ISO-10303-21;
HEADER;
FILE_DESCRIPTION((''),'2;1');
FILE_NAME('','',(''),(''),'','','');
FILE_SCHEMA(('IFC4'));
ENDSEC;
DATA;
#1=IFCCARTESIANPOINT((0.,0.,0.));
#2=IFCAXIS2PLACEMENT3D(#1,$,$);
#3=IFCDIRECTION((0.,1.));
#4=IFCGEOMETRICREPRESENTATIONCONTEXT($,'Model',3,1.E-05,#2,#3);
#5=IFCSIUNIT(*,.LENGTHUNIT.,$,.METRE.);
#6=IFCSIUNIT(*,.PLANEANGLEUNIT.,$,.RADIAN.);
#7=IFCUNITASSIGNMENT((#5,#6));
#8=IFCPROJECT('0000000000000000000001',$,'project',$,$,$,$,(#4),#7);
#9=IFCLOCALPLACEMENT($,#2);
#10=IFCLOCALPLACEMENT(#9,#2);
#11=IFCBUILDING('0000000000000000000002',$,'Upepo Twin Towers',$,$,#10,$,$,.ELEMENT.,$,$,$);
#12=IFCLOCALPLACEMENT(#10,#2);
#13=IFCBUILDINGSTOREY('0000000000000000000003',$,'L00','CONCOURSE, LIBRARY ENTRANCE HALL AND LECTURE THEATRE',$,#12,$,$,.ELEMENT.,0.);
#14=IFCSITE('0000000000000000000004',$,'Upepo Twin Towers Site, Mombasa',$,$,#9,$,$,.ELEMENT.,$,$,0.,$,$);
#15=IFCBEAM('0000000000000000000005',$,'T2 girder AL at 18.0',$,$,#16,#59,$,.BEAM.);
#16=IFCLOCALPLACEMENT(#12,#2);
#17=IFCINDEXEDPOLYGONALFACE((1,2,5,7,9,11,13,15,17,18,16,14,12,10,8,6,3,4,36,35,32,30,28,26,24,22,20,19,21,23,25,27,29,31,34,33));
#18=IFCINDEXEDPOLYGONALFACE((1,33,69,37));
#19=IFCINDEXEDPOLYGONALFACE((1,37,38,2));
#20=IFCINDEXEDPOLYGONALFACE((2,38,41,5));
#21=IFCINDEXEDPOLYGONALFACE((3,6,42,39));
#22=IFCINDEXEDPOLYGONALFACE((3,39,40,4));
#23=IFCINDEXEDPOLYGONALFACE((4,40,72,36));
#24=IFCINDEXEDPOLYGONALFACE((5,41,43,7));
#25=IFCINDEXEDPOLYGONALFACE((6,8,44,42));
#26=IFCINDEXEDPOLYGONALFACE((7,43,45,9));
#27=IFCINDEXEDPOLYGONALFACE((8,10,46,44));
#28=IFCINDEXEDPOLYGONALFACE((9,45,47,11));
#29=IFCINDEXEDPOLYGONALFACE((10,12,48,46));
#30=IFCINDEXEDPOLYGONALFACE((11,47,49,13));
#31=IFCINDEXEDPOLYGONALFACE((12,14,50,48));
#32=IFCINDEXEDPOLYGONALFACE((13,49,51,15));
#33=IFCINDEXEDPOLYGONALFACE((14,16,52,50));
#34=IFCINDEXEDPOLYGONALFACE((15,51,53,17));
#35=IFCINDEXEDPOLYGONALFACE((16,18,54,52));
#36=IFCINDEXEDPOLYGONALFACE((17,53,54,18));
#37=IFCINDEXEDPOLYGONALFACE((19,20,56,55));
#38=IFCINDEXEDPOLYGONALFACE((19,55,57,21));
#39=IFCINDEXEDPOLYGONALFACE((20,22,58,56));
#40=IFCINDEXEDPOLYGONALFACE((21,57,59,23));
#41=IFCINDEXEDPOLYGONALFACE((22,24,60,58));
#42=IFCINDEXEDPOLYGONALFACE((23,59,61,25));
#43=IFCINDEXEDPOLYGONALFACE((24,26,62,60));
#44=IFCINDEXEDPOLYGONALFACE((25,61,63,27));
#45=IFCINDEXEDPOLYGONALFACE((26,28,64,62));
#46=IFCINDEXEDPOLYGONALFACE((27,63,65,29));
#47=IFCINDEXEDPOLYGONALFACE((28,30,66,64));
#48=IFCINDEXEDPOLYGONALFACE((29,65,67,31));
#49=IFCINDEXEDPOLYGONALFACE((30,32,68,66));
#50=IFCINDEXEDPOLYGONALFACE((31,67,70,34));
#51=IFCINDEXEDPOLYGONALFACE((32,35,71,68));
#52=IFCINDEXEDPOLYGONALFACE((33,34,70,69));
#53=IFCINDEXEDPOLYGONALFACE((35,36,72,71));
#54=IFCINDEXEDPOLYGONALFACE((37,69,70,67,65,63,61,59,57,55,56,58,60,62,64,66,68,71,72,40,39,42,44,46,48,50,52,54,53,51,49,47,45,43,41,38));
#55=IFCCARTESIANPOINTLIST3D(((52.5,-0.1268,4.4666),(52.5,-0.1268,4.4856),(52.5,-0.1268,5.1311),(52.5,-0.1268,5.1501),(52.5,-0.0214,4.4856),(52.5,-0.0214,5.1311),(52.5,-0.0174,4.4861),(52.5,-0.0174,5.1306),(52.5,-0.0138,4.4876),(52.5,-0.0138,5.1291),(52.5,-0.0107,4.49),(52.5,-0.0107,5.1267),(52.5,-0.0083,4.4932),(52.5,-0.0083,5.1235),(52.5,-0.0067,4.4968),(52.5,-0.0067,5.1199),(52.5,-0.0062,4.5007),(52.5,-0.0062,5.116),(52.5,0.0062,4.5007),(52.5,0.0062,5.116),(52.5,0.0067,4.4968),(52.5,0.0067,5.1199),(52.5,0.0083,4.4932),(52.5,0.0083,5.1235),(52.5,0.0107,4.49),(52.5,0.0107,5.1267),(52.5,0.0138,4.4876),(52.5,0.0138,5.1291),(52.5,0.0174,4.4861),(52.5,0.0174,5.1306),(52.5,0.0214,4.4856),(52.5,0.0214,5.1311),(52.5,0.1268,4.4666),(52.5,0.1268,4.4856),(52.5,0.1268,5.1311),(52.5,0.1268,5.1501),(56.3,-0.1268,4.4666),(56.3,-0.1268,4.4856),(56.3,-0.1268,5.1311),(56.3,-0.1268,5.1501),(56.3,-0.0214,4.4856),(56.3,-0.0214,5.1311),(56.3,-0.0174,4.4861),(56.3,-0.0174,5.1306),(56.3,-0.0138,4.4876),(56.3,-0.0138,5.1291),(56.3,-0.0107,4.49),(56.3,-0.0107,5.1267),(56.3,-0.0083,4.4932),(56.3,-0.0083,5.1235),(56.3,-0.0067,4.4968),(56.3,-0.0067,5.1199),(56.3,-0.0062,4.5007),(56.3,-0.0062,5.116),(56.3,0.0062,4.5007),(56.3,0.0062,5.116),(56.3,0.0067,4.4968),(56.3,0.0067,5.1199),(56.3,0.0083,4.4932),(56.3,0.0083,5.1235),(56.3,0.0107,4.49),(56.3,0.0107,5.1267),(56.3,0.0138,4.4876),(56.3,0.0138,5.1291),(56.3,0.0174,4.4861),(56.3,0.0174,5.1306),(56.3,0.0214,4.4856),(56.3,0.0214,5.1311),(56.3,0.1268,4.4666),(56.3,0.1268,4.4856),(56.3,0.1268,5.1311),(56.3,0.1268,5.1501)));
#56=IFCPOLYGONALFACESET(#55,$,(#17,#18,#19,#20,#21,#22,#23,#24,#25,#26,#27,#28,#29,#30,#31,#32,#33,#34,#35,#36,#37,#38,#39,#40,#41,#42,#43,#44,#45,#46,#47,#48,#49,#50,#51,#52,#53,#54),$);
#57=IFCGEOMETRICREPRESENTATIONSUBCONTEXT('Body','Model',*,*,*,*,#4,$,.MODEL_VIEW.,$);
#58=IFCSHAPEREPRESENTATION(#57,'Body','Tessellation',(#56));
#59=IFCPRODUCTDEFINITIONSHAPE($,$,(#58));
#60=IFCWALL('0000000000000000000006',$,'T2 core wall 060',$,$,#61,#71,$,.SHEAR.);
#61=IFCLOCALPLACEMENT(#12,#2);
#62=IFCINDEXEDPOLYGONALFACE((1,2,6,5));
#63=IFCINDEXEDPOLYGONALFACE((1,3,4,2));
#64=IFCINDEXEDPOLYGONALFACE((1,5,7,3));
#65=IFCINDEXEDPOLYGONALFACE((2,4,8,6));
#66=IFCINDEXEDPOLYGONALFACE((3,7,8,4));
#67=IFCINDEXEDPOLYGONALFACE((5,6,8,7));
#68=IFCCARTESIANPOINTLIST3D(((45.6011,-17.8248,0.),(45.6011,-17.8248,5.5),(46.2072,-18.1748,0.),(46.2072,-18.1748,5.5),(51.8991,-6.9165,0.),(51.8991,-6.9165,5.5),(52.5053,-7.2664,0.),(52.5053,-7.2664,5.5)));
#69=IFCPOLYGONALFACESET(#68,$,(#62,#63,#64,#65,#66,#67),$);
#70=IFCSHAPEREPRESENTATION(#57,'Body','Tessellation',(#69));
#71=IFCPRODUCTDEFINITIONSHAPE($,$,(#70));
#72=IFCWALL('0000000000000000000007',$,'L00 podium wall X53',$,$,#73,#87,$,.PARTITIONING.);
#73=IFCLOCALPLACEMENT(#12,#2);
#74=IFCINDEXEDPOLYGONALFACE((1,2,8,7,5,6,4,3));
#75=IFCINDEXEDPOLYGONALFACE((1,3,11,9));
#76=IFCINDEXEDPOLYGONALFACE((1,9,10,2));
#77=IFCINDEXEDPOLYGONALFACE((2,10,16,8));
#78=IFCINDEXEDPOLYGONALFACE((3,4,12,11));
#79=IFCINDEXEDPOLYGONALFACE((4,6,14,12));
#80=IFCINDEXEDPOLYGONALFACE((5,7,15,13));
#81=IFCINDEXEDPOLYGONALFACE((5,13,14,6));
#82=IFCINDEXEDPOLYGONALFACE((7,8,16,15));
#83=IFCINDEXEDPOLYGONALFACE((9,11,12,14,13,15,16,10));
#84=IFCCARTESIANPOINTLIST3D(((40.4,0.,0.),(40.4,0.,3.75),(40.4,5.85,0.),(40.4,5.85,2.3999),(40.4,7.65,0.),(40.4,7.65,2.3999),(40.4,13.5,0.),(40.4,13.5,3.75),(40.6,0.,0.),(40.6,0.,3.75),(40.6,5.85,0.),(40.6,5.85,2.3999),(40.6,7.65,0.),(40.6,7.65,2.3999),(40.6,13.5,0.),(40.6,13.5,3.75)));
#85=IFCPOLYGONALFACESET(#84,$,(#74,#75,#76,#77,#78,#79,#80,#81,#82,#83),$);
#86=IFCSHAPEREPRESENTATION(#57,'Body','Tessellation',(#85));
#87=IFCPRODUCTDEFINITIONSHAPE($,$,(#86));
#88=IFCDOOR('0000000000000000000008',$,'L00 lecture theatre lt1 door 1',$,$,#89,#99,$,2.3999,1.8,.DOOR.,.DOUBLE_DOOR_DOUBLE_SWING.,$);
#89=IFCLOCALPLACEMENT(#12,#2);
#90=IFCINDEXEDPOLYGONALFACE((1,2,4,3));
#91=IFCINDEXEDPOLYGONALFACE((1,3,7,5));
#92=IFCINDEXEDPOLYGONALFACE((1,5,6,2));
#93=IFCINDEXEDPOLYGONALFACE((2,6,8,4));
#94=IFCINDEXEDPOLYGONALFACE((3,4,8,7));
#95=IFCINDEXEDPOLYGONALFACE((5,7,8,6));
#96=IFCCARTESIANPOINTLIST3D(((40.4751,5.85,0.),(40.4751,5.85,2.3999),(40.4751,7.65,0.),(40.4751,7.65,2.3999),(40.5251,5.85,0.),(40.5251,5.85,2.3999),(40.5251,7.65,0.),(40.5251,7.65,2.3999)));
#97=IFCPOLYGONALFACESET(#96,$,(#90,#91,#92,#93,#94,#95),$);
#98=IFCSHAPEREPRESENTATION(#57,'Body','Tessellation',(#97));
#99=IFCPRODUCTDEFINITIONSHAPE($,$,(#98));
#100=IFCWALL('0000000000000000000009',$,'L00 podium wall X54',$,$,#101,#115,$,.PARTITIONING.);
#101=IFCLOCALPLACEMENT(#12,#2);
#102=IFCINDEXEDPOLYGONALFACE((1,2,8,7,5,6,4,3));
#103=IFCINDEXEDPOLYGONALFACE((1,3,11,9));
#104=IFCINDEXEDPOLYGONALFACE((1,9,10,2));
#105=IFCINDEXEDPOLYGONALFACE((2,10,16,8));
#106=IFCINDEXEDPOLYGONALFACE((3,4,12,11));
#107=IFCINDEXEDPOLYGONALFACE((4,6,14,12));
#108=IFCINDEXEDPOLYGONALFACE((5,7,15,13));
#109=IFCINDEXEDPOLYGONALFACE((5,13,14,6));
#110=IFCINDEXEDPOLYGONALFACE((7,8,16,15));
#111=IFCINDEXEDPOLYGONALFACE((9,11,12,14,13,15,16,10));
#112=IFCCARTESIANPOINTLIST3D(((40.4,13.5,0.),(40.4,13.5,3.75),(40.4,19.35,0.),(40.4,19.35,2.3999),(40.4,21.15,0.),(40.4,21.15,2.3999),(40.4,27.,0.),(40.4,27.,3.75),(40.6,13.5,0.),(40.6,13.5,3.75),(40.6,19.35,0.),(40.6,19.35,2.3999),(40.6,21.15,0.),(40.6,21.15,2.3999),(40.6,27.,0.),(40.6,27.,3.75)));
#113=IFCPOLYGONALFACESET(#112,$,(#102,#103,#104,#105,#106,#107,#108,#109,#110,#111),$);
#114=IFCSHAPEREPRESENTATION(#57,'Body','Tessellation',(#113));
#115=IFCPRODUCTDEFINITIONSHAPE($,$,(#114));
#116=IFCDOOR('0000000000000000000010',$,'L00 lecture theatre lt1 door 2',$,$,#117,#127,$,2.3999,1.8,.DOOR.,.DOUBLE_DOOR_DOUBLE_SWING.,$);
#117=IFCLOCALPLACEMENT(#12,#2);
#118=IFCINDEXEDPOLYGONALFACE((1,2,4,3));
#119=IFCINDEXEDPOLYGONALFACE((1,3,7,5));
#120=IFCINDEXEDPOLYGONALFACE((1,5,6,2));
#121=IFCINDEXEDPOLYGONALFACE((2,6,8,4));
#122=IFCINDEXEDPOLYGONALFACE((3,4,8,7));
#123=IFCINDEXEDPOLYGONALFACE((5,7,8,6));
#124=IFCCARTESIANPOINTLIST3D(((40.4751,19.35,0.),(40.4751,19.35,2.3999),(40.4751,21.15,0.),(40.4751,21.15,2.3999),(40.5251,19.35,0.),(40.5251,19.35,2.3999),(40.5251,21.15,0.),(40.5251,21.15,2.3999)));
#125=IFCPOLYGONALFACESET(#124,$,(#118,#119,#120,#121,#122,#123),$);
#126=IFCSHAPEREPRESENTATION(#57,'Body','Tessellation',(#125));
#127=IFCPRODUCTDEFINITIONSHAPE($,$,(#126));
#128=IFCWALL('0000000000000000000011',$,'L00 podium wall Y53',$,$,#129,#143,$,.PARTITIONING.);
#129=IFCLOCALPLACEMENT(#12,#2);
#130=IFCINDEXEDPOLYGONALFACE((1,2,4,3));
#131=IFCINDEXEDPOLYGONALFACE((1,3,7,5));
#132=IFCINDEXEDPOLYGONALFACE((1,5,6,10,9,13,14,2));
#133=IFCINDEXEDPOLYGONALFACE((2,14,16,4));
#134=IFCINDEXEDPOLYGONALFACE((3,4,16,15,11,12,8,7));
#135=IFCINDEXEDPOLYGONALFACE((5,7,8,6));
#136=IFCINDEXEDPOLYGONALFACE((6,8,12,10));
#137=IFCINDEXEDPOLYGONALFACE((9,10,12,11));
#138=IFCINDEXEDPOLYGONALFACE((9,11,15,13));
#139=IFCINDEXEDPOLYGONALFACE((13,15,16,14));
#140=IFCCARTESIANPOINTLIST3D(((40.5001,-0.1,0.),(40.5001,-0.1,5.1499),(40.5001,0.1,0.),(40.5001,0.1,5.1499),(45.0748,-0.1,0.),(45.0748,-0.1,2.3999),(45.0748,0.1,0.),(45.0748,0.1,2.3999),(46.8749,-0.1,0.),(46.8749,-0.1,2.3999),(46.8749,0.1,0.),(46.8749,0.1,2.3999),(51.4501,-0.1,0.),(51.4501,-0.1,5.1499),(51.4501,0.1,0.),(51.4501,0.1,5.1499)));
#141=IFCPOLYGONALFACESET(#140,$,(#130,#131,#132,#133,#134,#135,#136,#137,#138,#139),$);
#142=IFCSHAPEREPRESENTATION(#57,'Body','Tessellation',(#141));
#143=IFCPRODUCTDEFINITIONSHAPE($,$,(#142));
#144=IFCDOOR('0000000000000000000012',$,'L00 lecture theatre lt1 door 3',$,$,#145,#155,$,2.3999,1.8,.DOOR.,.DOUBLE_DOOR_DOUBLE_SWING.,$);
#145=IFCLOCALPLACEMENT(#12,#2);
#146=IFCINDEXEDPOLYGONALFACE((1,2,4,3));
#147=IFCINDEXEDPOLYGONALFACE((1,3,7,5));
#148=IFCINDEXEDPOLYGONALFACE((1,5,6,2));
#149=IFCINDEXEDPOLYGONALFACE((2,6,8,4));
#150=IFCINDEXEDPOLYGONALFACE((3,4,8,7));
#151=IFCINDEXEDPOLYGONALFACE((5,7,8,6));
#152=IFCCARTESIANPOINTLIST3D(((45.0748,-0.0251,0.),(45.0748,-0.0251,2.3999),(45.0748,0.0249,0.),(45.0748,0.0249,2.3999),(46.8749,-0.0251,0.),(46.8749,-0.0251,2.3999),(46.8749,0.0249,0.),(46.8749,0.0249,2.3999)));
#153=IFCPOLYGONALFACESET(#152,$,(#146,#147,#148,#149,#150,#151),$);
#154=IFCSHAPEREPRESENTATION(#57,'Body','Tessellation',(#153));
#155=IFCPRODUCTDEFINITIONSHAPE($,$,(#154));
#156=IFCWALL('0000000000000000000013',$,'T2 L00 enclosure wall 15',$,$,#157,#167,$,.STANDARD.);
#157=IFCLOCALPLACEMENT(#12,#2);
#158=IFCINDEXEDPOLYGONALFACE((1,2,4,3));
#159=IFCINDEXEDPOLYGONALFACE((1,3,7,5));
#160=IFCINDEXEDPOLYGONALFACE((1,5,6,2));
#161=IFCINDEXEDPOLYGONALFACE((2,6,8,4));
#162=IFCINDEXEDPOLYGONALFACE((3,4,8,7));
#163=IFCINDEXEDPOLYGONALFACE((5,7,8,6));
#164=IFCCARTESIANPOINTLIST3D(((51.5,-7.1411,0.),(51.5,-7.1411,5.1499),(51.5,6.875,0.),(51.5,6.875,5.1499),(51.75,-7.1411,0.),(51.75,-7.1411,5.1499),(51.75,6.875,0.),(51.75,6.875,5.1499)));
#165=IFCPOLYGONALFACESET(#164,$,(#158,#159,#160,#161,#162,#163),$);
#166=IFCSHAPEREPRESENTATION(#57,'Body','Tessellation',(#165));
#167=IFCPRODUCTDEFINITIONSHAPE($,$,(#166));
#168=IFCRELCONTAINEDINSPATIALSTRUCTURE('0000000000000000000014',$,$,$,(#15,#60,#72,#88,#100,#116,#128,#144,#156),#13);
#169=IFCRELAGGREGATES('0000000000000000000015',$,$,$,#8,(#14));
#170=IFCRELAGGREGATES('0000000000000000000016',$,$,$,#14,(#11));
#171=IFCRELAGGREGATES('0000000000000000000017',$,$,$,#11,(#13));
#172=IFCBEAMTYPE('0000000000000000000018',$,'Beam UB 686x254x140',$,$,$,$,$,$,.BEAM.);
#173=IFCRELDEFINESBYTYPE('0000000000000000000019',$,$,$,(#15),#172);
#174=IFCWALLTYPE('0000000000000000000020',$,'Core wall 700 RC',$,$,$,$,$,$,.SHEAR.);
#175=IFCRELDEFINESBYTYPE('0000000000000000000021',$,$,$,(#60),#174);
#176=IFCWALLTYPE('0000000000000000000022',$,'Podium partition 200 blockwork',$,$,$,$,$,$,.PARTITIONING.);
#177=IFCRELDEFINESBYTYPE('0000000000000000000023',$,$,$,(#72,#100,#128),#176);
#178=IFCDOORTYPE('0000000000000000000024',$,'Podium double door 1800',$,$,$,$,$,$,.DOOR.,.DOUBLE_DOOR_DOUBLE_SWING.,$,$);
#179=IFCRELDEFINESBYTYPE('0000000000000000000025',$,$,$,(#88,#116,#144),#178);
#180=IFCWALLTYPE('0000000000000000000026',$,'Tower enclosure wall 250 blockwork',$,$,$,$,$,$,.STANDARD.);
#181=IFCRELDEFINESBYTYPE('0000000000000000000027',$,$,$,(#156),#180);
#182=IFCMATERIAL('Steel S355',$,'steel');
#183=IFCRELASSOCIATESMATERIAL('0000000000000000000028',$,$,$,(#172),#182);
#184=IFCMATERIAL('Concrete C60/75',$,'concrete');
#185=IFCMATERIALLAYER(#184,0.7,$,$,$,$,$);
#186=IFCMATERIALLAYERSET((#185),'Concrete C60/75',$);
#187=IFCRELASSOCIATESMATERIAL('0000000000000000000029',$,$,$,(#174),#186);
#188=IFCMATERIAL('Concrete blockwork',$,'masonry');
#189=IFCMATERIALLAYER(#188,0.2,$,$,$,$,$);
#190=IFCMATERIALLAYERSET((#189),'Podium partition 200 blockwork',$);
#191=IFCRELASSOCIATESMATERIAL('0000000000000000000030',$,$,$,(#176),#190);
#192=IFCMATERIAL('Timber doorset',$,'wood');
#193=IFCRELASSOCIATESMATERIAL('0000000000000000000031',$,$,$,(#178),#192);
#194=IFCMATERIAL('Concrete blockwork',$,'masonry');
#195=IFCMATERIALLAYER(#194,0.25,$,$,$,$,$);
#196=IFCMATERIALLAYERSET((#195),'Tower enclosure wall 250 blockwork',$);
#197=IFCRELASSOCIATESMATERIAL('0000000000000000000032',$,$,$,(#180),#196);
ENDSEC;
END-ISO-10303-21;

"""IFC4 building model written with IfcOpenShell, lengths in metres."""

from ifc_helpers import new_model, si_unit, direction, frame, frame_2d, origin, origin_2d, place, context, subcontext, project, spatial, rectangle, i_section, extrude, material, layer, layer_set, material_profile, profile_set, type_object, element, fill, save


model = new_model("IFC4")

# Units and contexts
model_context = context("Model", 3, precision=1e-05, world=origin(), true_north=direction((0.0, 1.0)))
body_context = subcontext(model_context, "Body", "Model", "MODEL_VIEW")
ifc_project = project(units=[si_unit("LENGTHUNIT", "METRE"), si_unit("PLANEANGLEUNIT", "RADIAN")], contexts=[model_context])

# Site, building, storey
site_placement = place(None, origin())
site = spatial("IfcSite", under=ifc_project, at=site_placement, Name="Upepo Twin Towers Site, Mombasa", CompositionType="ELEMENT", RefElevation=0.0)
building_placement = place(site_placement, origin())
building = spatial("IfcBuilding", under=site, at=building_placement, Name="Upepo Twin Towers", CompositionType="ELEMENT")
storey_placement = place(building_placement, origin())
storey = spatial("IfcBuildingStorey", under=building, at=storey_placement, Name="L00", Description="CONCOURSE, LIBRARY ENTRANCE HALL AND LECTURE THEATRE", CompositionType="ELEMENT", Elevation=0.0)

# Beam
ifc_material_1 = material(Name="Steel S355", Category="steel")
ifc_material_profile_1 = material_profile(ifc_material_1, i_section(OverallWidth=0.2537, OverallDepth=0.6836, WebThickness=0.0125, FlangeThickness=0.019, FilletRadius=0.0151, at=origin_2d()), Name="UB 686x254x140")
ifc_profile_set_1 = profile_set([ifc_material_profile_1], Name="Steel S355")
beam_type_1 = type_object("IfcBeamType", Name="Beam UB 686x254x140", PredefinedType="BEAM", material=ifc_profile_set_1)
for number, where, z_axis, x_axis, name in (
    (1, (52.5, 0.0, 4.8083), (1.0, 0.0, 0.0), (0.0, 1.0, 0.0), "T2 girder AL at 18.0"),
):
    element("IfcBeam", number, at=place(storey_placement, frame(where, z_axis=z_axis, x_axis=x_axis)), inside=storey, type_object=beam_type_1, Name=name, PredefinedType="BEAM", context=body_context, shape_type="SweptSolid", body=[
        extrude(i_section(OverallWidth=0.2537, OverallDepth=0.6836, WebThickness=0.0125, FlangeThickness=0.019, FilletRadius=0.0151, at=origin_2d()), origin(), (0.0, 0.0, 1.0), 3.8),
    ])

# Wall
ifc_material_2 = material(Name="Concrete C60/75", Category="concrete")
ifc_layer_1 = layer(ifc_material_2, 0.7)
ifc_layer_set_1 = layer_set([ifc_layer_1], Name="Concrete C60/75")
wall_type_1 = type_object("IfcWallType", Name="Core wall 700 RC", PredefinedType="SHEAR", material=ifc_layer_set_1)
wall_1_placement = place(storey_placement, frame((52.2021, -7.0916, 0.0), z_axis=(0.0, 0.0, 1.0), x_axis=(-0.500006, -0.866022, 0.0)))
element("IfcWall", 2, at=wall_1_placement, inside=storey, type_object=wall_type_1, Name="T2 core wall 060", PredefinedType="SHEAR", context=body_context, shape_type="SweptSolid", body=[
    extrude(rectangle(XDim=12.5959, YDim=0.7, at=frame_2d((6.2979, 0.0))), origin(), (0.0, 0.0, 1.0), 5.5),
])

# Walls, openings, doors
ifc_material_3 = material(Name="Concrete blockwork", Category="masonry")
ifc_layer_2 = layer(ifc_material_3, 0.2)
ifc_layer_set_2 = layer_set([ifc_layer_2], Name="Podium partition 200 blockwork")
wall_type_2 = type_object("IfcWallType", Name="Podium partition 200 blockwork", PredefinedType="PARTITIONING", material=ifc_layer_set_2)
wall_2_placement = place(storey_placement, frame((40.5, 0.0, 0.0), z_axis=(0.0, 0.0, 1.0), x_axis=(0.0, 1.0, 0.0)))
wall_2 = element("IfcWall", 3, at=wall_2_placement, inside=storey, type_object=wall_type_2, Name="L00 podium wall X53", PredefinedType="PARTITIONING", context=body_context, shape_type="SweptSolid", body=[
    extrude(rectangle(XDim=13.5, YDim=0.2, at=frame_2d((6.75, 0.0))), origin(), (0.0, 0.0, 1.0), 3.75),
])
opening_1_placement = place(wall_2_placement, frame((5.8501, 0.0, 0.0)))
opening_1 = element("IfcOpeningElement", 4, at=opening_1_placement, cuts=wall_2, PredefinedType="OPENING", context=body_context, shape_type="SweptSolid", body=[
    extrude(rectangle(XDim=1.8, YDim=2.3999, at=frame_2d((0.8999, 1.2))), frame((0.0, 0.1099, 0.0), z_axis=(0.0, -1.0, 0.0), x_axis=(1.0, 0.0, 0.0)), (0.0, 0.0, 1.0), 0.22),
])
ifc_material_4 = material(Name="Timber doorset", Category="wood")
door_type = type_object("IfcDoorType", Name="Podium double door 1800", OperationType="DOUBLE_DOOR_DOUBLE_SWING", PredefinedType="DOOR", material=ifc_material_4)
door_1_placement = place(opening_1_placement, origin())
door_1 = element("IfcDoor", 5, at=door_1_placement, inside=storey, type_object=door_type, Name="L00 lecture theatre lt1 door 1", OperationType="DOUBLE_DOOR_DOUBLE_SWING", OverallHeight=2.3999, OverallWidth=1.8, PredefinedType="DOOR", context=body_context, shape_type="SweptSolid", body=[
    extrude(rectangle(XDim=1.8, YDim=2.3999, at=frame_2d((0.8999, 1.2))), frame((0.0, 0.0249, 0.0), z_axis=(0.0, -1.0, 0.0), x_axis=(1.0, 0.0, 0.0)), (0.0, 0.0, 1.0), 0.05),
])
fill(opening_1, door_1)
wall_3_placement = place(storey_placement, frame((40.5, 13.5, 0.0), z_axis=(0.0, 0.0, 1.0), x_axis=(0.0, 1.0, 0.0)))
wall_3 = element("IfcWall", 6, at=wall_3_placement, inside=storey, type_object=wall_type_2, Name="L00 podium wall X54", PredefinedType="PARTITIONING", context=body_context, shape_type="SweptSolid", body=[
    extrude(rectangle(XDim=13.5, YDim=0.2, at=frame_2d((6.75, 0.0))), origin(), (0.0, 0.0, 1.0), 3.75),
])
opening_2_placement = place(wall_3_placement, frame((5.8501, 0.0, 0.0)))
opening_2 = element("IfcOpeningElement", 7, at=opening_2_placement, cuts=wall_3, PredefinedType="OPENING", context=body_context, shape_type="SweptSolid", body=[
    extrude(rectangle(XDim=1.8, YDim=2.3999, at=frame_2d((0.8999, 1.2))), frame((0.0, 0.1099, 0.0), z_axis=(0.0, -1.0, 0.0), x_axis=(1.0, 0.0, 0.0)), (0.0, 0.0, 1.0), 0.22),
])
door_2_placement = place(opening_2_placement, origin())
door_2 = element("IfcDoor", 8, at=door_2_placement, inside=storey, type_object=door_type, Name="L00 lecture theatre lt1 door 2", OperationType="DOUBLE_DOOR_DOUBLE_SWING", OverallHeight=2.3999, OverallWidth=1.8, PredefinedType="DOOR", context=body_context, shape_type="SweptSolid", body=[
    extrude(rectangle(XDim=1.8, YDim=2.3999, at=frame_2d((0.8999, 1.2))), frame((0.0, 0.0249, 0.0), z_axis=(0.0, -1.0, 0.0), x_axis=(1.0, 0.0, 0.0)), (0.0, 0.0, 1.0), 0.05),
])
fill(opening_2, door_2)
wall_4_placement = place(storey_placement, frame((40.5, 0.0, 0.0), z_axis=(0.0, 0.0, 1.0), x_axis=(1.0, 0.0, 0.0)))
wall_4 = element("IfcWall", 9, at=wall_4_placement, inside=storey, type_object=wall_type_2, Name="L00 podium wall Y53", PredefinedType="PARTITIONING", context=body_context, shape_type="SweptSolid", body=[
    extrude(rectangle(XDim=10.95, YDim=0.2, at=frame_2d((5.4751, 0.0))), origin(), (0.0, 0.0, 1.0), 5.1499),
])
opening_3_placement = place(wall_4_placement, frame((4.575, 0.0, 0.0)))
opening_3 = element("IfcOpeningElement", 10, at=opening_3_placement, cuts=wall_4, PredefinedType="OPENING", context=body_context, shape_type="SweptSolid", body=[
    extrude(rectangle(XDim=1.8, YDim=2.3999, at=frame_2d((0.8999, 1.2))), frame((0.0, 0.1099, 0.0), z_axis=(0.0, -1.0, 0.0), x_axis=(1.0, 0.0, 0.0)), (0.0, 0.0, 1.0), 0.22),
])
door_3_placement = place(opening_3_placement, origin())
door_3 = element("IfcDoor", 11, at=door_3_placement, inside=storey, type_object=door_type, Name="L00 lecture theatre lt1 door 3", OperationType="DOUBLE_DOOR_DOUBLE_SWING", OverallHeight=2.3999, OverallWidth=1.8, PredefinedType="DOOR", context=body_context, shape_type="SweptSolid", body=[
    extrude(rectangle(XDim=1.8, YDim=2.3999, at=frame_2d((0.8999, 1.2))), frame((0.0, 0.0249, 0.0), z_axis=(0.0, -1.0, 0.0), x_axis=(1.0, 0.0, 0.0)), (0.0, 0.0, 1.0), 0.05),
])
fill(opening_3, door_3)

# Wall
ifc_material_5 = material(Name="Concrete blockwork", Category="masonry")
ifc_layer_3 = layer(ifc_material_5, 0.25)
ifc_layer_set_3 = layer_set([ifc_layer_3], Name="Tower enclosure wall 250 blockwork")
wall_type_3 = type_object("IfcWallType", Name="Tower enclosure wall 250 blockwork", PredefinedType="STANDARD", material=ifc_layer_set_3)
wall_5_placement = place(storey_placement, frame((51.625, -7.1411, 0.0), z_axis=(0.0, 0.0, 1.0), x_axis=(0.0, 1.0, 0.0)))
element("IfcWall", 12, at=wall_5_placement, inside=storey, type_object=wall_type_3, Name="T2 L00 enclosure wall 15", PredefinedType="STANDARD", context=body_context, shape_type="SweptSolid", body=[
    extrude(rectangle(XDim=14.0161, YDim=0.25, at=frame_2d((7.0081, 0.0))), origin(), (0.0, 0.0, 1.0), 5.1499),
])

save(model, "model.ifc")
